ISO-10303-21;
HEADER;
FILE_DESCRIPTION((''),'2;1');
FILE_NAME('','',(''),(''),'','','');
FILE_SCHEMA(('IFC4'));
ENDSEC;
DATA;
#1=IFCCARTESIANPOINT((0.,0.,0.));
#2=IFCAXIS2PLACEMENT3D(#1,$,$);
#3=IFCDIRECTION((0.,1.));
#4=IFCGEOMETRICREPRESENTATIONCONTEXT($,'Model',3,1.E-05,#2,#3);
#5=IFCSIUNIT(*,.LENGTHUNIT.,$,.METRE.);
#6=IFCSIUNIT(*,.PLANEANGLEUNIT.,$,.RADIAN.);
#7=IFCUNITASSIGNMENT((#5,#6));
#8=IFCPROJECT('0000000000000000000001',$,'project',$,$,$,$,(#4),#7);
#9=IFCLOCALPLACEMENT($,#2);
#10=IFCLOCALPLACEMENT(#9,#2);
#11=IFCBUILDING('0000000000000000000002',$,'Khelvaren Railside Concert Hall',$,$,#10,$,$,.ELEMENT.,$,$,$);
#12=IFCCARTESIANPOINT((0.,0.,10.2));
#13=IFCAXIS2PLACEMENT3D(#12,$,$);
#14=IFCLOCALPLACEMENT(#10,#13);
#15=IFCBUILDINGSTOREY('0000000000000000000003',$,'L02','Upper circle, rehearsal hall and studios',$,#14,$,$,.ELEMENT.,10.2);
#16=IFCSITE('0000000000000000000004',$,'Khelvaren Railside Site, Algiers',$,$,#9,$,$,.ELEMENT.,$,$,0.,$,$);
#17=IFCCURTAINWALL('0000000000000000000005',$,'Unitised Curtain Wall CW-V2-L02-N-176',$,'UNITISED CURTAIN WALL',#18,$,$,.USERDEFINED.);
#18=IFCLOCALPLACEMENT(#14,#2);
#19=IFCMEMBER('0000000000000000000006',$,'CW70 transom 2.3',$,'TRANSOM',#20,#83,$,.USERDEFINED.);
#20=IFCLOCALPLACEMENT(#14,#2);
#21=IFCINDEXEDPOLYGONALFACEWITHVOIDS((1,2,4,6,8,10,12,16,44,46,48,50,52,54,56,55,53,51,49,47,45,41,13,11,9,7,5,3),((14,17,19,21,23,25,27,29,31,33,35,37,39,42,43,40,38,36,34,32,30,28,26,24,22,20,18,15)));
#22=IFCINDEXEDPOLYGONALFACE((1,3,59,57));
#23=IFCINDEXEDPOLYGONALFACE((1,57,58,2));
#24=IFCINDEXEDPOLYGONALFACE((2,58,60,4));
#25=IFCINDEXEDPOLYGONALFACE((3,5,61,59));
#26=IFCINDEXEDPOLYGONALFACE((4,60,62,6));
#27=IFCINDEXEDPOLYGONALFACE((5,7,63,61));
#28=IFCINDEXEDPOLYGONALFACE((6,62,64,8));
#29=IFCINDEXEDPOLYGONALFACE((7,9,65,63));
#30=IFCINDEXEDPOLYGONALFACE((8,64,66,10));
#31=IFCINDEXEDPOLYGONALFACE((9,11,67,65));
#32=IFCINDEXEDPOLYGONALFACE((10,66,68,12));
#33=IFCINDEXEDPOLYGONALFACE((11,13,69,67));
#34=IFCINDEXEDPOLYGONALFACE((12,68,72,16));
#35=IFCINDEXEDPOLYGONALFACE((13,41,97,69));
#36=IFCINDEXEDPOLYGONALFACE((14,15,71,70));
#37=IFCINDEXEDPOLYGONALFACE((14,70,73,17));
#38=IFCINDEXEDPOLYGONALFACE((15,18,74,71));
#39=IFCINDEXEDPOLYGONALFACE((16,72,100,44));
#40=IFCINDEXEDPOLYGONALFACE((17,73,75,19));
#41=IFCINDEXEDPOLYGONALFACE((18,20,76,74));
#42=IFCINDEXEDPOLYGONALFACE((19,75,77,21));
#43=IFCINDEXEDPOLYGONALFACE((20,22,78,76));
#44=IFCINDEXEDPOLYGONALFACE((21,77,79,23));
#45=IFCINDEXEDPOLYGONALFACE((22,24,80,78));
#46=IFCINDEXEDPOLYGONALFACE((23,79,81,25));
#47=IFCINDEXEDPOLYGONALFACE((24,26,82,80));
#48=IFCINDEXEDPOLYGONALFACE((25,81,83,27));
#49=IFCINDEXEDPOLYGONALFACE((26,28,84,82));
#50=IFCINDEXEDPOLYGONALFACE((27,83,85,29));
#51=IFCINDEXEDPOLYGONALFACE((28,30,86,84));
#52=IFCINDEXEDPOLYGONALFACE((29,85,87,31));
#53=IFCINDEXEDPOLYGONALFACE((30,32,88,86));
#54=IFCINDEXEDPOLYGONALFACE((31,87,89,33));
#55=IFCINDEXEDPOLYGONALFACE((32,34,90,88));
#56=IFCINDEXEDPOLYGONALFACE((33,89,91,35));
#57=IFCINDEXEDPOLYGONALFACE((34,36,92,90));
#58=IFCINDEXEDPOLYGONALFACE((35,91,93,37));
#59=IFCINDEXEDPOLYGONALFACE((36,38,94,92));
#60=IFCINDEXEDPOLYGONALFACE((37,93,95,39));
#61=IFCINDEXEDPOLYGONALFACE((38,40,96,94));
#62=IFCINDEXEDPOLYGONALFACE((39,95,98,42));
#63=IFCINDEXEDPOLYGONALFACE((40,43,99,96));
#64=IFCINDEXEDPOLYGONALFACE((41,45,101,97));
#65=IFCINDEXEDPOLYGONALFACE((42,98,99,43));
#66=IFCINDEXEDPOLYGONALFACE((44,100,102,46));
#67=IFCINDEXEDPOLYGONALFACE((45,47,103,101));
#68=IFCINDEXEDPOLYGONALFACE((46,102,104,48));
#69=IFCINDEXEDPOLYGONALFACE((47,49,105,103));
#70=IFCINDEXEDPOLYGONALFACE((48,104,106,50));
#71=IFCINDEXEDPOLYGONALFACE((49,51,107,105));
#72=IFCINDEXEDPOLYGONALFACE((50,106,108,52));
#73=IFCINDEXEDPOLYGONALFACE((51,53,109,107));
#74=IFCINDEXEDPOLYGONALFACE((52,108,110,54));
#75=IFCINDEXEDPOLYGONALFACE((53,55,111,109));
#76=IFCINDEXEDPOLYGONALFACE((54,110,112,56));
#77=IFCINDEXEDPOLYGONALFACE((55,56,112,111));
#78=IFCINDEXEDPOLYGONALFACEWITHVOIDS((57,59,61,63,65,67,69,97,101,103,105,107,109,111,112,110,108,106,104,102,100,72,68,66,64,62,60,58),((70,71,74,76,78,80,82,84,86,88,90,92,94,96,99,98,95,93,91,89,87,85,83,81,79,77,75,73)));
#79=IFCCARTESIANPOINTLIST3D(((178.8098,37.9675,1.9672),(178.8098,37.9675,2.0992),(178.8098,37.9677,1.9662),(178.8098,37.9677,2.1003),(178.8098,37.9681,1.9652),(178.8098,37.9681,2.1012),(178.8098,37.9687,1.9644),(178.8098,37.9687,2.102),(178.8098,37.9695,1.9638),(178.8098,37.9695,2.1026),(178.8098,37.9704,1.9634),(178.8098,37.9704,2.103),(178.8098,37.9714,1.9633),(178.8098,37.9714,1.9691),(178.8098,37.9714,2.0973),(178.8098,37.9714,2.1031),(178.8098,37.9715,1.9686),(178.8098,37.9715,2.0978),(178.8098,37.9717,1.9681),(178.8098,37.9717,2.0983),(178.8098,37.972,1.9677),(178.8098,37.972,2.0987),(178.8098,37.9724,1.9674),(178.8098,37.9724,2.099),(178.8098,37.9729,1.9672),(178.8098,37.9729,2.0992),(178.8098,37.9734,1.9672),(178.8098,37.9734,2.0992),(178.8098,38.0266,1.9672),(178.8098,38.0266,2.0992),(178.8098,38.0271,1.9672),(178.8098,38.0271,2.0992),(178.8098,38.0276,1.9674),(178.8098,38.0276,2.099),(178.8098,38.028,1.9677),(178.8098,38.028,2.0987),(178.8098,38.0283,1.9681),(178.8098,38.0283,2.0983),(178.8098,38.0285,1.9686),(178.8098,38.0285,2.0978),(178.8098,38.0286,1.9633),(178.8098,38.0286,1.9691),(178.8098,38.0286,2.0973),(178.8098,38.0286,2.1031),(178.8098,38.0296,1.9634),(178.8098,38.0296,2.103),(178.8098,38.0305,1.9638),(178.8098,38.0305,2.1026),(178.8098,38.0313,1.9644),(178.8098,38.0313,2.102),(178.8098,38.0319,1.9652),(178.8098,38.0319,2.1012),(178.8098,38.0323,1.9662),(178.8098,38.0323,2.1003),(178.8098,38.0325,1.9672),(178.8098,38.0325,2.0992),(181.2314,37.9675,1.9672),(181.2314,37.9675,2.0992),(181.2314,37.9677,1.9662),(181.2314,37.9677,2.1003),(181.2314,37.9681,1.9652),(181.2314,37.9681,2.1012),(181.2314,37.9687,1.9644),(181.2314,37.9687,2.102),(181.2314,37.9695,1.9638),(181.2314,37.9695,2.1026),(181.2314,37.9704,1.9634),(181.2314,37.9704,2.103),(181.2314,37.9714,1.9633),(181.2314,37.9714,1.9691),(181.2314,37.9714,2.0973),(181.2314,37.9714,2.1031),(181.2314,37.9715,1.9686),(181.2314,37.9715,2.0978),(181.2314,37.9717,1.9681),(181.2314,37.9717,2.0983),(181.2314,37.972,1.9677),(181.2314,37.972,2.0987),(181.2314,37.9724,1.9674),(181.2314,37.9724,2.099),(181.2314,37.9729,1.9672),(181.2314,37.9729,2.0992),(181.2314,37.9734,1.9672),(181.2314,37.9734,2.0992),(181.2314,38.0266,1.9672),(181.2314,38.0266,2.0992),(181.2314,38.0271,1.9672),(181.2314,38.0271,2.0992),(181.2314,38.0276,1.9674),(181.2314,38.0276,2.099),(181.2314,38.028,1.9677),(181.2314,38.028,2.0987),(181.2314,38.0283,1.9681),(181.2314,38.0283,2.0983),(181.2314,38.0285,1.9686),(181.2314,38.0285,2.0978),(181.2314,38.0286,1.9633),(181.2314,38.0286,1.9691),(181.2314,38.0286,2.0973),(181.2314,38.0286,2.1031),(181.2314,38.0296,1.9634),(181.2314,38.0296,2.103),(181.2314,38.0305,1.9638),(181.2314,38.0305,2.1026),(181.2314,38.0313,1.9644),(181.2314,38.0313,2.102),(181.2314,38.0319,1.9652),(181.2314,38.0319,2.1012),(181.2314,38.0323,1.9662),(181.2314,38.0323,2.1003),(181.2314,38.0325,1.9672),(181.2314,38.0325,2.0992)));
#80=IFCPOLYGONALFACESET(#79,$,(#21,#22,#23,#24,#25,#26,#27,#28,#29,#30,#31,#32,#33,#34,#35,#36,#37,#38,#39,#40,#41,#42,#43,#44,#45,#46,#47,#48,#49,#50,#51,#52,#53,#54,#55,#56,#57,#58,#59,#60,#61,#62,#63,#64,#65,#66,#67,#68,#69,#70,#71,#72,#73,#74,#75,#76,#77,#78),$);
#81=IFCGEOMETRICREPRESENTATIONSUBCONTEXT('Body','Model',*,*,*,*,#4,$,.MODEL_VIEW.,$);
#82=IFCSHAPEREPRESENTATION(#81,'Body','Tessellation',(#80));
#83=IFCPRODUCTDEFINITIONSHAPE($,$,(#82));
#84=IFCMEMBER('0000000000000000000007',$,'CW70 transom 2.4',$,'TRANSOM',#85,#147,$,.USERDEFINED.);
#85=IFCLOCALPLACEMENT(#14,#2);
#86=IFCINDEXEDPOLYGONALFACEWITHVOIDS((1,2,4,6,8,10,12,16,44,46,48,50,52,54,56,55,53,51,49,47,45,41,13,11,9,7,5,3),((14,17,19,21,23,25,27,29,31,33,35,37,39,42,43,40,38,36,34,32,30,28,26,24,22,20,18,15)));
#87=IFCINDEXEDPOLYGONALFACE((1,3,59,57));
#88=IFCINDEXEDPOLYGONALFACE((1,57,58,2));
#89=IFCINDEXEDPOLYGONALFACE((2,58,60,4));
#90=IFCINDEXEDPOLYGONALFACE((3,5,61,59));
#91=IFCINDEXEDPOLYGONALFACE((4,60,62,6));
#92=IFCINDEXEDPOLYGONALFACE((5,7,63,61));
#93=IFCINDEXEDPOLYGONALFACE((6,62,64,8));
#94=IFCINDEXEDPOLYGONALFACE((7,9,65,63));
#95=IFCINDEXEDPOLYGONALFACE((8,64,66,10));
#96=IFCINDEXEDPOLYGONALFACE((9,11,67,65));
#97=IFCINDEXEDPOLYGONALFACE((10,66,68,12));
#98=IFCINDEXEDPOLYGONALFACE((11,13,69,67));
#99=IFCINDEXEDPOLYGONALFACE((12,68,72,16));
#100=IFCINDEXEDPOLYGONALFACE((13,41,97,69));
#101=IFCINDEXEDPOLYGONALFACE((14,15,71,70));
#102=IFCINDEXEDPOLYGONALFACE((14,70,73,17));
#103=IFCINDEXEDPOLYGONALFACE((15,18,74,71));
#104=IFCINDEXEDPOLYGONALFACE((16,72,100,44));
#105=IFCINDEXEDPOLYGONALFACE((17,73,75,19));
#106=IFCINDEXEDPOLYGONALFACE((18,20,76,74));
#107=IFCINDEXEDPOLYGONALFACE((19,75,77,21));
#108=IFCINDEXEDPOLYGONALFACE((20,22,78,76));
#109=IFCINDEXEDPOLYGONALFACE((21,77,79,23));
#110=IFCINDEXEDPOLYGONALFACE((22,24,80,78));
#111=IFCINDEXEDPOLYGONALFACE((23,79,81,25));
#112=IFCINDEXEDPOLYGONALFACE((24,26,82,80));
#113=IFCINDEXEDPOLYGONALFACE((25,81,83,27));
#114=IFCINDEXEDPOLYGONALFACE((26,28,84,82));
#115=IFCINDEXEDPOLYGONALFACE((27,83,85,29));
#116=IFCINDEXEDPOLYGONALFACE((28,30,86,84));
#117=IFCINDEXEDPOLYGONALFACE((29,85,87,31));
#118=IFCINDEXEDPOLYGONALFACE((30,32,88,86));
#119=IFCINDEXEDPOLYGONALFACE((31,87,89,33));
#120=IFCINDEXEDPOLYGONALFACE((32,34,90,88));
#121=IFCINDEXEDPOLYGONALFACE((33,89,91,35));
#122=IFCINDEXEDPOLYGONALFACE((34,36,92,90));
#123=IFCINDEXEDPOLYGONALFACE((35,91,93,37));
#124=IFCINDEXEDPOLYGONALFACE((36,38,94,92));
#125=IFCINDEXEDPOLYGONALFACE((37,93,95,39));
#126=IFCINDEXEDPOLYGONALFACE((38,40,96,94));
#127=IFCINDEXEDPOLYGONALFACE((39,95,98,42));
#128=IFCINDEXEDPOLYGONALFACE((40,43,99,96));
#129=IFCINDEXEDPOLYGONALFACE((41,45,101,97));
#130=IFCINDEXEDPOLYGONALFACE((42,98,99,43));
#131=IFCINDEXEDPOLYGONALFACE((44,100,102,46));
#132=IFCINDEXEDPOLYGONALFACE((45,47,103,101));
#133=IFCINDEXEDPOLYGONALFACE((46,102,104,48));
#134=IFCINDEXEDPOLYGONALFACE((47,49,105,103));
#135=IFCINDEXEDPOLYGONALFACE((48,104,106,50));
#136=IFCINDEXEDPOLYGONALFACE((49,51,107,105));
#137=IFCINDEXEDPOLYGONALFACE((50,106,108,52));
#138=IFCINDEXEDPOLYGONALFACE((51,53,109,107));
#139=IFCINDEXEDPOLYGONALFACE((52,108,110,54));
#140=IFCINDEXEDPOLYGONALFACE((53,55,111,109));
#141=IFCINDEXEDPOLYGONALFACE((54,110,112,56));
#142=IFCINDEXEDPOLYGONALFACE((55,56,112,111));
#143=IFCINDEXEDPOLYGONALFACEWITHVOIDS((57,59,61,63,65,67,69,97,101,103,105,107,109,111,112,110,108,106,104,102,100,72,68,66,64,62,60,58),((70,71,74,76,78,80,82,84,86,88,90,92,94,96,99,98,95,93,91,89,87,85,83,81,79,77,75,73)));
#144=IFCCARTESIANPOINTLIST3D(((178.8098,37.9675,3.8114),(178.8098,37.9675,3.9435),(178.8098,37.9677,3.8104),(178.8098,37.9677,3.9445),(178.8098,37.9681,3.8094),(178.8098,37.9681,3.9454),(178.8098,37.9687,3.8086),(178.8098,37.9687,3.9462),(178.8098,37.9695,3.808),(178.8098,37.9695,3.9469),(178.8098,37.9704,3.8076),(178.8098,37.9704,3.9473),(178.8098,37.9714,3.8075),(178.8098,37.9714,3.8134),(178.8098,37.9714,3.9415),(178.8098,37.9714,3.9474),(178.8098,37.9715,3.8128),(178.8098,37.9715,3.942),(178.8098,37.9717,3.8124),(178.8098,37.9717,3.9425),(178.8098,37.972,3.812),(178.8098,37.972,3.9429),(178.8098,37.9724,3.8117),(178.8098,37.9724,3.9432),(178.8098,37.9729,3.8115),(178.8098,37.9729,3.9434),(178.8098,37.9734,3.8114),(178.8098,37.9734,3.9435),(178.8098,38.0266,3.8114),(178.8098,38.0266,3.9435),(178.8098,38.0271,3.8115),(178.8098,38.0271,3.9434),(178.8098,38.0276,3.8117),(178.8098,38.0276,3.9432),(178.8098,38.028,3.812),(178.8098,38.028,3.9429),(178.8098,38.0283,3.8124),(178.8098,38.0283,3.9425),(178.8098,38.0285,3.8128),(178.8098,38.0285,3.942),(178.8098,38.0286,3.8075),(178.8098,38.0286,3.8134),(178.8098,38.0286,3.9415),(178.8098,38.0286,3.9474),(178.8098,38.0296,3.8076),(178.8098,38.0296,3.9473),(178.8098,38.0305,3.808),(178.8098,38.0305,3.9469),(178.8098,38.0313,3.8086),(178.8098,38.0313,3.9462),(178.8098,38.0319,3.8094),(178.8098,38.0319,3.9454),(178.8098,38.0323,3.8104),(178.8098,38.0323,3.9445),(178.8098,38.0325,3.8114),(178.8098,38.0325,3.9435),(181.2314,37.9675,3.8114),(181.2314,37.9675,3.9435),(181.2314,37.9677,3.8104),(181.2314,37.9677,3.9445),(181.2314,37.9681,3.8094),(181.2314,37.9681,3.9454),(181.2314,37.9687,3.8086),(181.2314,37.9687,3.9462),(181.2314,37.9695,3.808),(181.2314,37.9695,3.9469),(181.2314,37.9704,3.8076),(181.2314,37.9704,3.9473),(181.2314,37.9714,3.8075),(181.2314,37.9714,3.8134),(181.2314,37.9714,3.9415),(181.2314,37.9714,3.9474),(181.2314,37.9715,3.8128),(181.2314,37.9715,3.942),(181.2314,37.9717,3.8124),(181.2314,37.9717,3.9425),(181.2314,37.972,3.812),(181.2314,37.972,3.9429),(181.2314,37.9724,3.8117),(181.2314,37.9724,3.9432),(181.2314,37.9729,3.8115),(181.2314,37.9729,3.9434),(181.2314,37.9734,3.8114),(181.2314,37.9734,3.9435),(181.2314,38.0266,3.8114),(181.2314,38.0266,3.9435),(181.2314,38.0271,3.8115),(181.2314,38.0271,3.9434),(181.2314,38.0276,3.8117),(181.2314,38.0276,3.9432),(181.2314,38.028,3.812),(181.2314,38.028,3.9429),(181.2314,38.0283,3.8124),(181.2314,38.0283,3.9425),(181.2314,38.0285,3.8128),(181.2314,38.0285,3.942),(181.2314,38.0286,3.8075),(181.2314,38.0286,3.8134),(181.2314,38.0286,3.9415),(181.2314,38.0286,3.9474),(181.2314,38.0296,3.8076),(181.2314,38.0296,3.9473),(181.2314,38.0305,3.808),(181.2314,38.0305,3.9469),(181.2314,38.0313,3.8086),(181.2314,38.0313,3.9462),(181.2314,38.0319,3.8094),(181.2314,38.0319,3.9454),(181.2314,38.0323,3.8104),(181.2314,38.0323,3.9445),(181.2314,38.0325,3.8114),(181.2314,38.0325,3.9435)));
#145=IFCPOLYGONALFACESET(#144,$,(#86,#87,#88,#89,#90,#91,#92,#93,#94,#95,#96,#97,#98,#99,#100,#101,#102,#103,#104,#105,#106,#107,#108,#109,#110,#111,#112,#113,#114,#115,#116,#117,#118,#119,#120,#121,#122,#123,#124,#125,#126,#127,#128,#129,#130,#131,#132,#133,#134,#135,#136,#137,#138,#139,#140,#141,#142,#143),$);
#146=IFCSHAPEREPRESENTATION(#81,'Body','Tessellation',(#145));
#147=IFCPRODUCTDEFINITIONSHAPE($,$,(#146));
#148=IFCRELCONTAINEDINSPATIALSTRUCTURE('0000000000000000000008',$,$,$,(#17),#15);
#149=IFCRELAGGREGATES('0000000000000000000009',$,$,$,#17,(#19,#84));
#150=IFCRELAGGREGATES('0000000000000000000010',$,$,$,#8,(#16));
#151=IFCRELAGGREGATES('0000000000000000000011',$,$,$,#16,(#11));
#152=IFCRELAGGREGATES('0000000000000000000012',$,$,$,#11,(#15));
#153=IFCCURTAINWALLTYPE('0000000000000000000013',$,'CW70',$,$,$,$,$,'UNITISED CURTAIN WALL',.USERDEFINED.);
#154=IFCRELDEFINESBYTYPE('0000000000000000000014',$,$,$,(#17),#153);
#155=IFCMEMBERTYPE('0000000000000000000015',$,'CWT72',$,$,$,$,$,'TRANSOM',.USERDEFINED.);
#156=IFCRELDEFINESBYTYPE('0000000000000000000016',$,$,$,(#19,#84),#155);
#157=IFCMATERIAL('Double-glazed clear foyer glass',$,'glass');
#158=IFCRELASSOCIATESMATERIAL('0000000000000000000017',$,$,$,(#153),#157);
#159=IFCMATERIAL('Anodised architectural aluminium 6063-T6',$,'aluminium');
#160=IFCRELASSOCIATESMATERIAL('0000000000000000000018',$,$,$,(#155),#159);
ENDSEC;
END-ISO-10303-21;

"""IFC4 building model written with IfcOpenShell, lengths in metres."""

from ifc_helpers import new_model, si_unit, direction, frame, origin, origin_2d, place, context, subcontext, project, spatial, hollow_rectangle, extrude, material, material_profile, profile_set, type_object, element, aggregate, save


model = new_model("IFC4")

# Units and contexts
model_context = context("Model", 3, precision=1e-05, world=origin(), true_north=direction((0.0, 1.0)))
body_context = subcontext(model_context, "Body", "Model", "MODEL_VIEW")
ifc_project = project(units=[si_unit("LENGTHUNIT", "METRE"), si_unit("PLANEANGLEUNIT", "RADIAN")], contexts=[model_context])

# Site, building, storey
site_placement = place(None, origin())
site = spatial("IfcSite", under=ifc_project, at=site_placement, Name="Khelvaren Railside Site, Algiers", CompositionType="ELEMENT", RefElevation=0.0)
building_placement = place(site_placement, origin())
building = spatial("IfcBuilding", under=site, at=building_placement, Name="Khelvaren Railside Concert Hall", CompositionType="ELEMENT")
storey_placement = place(building_placement, frame((0.0, 0.0, 10.2)))
storey = spatial("IfcBuildingStorey", under=building, at=storey_placement, Name="L02", Description="Upper circle, rehearsal hall and studios", CompositionType="ELEMENT", Elevation=10.2)

# Curtain wall
ifc_material_1 = material(Name="Double-glazed clear foyer glass", Category="glass")
curtain_wall_type_1 = type_object("IfcCurtainWallType", Name="CW70", ElementType="UNITISED CURTAIN WALL", PredefinedType="USERDEFINED", material=ifc_material_1)
curtain_wall_1_placement = place(storey_placement, origin())
curtain_wall_1 = element("IfcCurtainWall", 1, at=curtain_wall_1_placement, inside=storey, type_object=curtain_wall_type_1, Name="Unitised Curtain Wall CW-V2-L02-N-176", ObjectType="UNITISED CURTAIN WALL", PredefinedType="USERDEFINED")
ifc_material_2 = material(Name="Anodised architectural aluminium 6063-T6", Category="aluminium")

# Members
ifc_material_profile_1 = material_profile(ifc_material_2, hollow_rectangle(XDim=0.0649, YDim=0.1399, WallThickness=0.0039, InnerFilletRadius=0.002, OuterFilletRadius=0.0039, at=origin_2d()), Name="CWT 65x140x4")
ifc_profile_set_1 = profile_set([ifc_material_profile_1], Name="Anodised architectural aluminium 6063-T6")
member_type_1 = type_object("IfcMemberType", Name="CWT72", ElementType="TRANSOM", PredefinedType="USERDEFINED", material=ifc_profile_set_1)
member_1_placement = place(storey_placement, frame((178.8098, 38.0, 2.0332), z_axis=(1.0, 0.0, 0.0), x_axis=(0.0, 1.0, 0.0)))
member_1 = element("IfcMember", 2, at=member_1_placement, type_object=member_type_1, Name="CW70 transom 2.3", ObjectType="TRANSOM", PredefinedType="USERDEFINED", context=body_context, shape_type="SweptSolid", body=[
    extrude(hollow_rectangle(XDim=0.0649, YDim=0.1399, WallThickness=0.0039, InnerFilletRadius=0.002, OuterFilletRadius=0.0039, at=origin_2d()), origin(), (0.0, 0.0, 1.0), 2.4216),
])
member_2_placement = place(storey_placement, frame((178.8098, 38.0, 3.8774), z_axis=(1.0, 0.0, 0.0), x_axis=(0.0, 1.0, 0.0)))
member_2 = element("IfcMember", 3, at=member_2_placement, type_object=member_type_1, Name="CW70 transom 2.4", ObjectType="TRANSOM", PredefinedType="USERDEFINED", context=body_context, shape_type="SweptSolid", body=[
    extrude(hollow_rectangle(XDim=0.0649, YDim=0.1399, WallThickness=0.0039, InnerFilletRadius=0.002, OuterFilletRadius=0.0039, at=origin_2d()), origin(), (0.0, 0.0, 1.0), 2.4216),
])

aggregate(curtain_wall_1, [member_1, member_2])

save(model, "model.ifc")
